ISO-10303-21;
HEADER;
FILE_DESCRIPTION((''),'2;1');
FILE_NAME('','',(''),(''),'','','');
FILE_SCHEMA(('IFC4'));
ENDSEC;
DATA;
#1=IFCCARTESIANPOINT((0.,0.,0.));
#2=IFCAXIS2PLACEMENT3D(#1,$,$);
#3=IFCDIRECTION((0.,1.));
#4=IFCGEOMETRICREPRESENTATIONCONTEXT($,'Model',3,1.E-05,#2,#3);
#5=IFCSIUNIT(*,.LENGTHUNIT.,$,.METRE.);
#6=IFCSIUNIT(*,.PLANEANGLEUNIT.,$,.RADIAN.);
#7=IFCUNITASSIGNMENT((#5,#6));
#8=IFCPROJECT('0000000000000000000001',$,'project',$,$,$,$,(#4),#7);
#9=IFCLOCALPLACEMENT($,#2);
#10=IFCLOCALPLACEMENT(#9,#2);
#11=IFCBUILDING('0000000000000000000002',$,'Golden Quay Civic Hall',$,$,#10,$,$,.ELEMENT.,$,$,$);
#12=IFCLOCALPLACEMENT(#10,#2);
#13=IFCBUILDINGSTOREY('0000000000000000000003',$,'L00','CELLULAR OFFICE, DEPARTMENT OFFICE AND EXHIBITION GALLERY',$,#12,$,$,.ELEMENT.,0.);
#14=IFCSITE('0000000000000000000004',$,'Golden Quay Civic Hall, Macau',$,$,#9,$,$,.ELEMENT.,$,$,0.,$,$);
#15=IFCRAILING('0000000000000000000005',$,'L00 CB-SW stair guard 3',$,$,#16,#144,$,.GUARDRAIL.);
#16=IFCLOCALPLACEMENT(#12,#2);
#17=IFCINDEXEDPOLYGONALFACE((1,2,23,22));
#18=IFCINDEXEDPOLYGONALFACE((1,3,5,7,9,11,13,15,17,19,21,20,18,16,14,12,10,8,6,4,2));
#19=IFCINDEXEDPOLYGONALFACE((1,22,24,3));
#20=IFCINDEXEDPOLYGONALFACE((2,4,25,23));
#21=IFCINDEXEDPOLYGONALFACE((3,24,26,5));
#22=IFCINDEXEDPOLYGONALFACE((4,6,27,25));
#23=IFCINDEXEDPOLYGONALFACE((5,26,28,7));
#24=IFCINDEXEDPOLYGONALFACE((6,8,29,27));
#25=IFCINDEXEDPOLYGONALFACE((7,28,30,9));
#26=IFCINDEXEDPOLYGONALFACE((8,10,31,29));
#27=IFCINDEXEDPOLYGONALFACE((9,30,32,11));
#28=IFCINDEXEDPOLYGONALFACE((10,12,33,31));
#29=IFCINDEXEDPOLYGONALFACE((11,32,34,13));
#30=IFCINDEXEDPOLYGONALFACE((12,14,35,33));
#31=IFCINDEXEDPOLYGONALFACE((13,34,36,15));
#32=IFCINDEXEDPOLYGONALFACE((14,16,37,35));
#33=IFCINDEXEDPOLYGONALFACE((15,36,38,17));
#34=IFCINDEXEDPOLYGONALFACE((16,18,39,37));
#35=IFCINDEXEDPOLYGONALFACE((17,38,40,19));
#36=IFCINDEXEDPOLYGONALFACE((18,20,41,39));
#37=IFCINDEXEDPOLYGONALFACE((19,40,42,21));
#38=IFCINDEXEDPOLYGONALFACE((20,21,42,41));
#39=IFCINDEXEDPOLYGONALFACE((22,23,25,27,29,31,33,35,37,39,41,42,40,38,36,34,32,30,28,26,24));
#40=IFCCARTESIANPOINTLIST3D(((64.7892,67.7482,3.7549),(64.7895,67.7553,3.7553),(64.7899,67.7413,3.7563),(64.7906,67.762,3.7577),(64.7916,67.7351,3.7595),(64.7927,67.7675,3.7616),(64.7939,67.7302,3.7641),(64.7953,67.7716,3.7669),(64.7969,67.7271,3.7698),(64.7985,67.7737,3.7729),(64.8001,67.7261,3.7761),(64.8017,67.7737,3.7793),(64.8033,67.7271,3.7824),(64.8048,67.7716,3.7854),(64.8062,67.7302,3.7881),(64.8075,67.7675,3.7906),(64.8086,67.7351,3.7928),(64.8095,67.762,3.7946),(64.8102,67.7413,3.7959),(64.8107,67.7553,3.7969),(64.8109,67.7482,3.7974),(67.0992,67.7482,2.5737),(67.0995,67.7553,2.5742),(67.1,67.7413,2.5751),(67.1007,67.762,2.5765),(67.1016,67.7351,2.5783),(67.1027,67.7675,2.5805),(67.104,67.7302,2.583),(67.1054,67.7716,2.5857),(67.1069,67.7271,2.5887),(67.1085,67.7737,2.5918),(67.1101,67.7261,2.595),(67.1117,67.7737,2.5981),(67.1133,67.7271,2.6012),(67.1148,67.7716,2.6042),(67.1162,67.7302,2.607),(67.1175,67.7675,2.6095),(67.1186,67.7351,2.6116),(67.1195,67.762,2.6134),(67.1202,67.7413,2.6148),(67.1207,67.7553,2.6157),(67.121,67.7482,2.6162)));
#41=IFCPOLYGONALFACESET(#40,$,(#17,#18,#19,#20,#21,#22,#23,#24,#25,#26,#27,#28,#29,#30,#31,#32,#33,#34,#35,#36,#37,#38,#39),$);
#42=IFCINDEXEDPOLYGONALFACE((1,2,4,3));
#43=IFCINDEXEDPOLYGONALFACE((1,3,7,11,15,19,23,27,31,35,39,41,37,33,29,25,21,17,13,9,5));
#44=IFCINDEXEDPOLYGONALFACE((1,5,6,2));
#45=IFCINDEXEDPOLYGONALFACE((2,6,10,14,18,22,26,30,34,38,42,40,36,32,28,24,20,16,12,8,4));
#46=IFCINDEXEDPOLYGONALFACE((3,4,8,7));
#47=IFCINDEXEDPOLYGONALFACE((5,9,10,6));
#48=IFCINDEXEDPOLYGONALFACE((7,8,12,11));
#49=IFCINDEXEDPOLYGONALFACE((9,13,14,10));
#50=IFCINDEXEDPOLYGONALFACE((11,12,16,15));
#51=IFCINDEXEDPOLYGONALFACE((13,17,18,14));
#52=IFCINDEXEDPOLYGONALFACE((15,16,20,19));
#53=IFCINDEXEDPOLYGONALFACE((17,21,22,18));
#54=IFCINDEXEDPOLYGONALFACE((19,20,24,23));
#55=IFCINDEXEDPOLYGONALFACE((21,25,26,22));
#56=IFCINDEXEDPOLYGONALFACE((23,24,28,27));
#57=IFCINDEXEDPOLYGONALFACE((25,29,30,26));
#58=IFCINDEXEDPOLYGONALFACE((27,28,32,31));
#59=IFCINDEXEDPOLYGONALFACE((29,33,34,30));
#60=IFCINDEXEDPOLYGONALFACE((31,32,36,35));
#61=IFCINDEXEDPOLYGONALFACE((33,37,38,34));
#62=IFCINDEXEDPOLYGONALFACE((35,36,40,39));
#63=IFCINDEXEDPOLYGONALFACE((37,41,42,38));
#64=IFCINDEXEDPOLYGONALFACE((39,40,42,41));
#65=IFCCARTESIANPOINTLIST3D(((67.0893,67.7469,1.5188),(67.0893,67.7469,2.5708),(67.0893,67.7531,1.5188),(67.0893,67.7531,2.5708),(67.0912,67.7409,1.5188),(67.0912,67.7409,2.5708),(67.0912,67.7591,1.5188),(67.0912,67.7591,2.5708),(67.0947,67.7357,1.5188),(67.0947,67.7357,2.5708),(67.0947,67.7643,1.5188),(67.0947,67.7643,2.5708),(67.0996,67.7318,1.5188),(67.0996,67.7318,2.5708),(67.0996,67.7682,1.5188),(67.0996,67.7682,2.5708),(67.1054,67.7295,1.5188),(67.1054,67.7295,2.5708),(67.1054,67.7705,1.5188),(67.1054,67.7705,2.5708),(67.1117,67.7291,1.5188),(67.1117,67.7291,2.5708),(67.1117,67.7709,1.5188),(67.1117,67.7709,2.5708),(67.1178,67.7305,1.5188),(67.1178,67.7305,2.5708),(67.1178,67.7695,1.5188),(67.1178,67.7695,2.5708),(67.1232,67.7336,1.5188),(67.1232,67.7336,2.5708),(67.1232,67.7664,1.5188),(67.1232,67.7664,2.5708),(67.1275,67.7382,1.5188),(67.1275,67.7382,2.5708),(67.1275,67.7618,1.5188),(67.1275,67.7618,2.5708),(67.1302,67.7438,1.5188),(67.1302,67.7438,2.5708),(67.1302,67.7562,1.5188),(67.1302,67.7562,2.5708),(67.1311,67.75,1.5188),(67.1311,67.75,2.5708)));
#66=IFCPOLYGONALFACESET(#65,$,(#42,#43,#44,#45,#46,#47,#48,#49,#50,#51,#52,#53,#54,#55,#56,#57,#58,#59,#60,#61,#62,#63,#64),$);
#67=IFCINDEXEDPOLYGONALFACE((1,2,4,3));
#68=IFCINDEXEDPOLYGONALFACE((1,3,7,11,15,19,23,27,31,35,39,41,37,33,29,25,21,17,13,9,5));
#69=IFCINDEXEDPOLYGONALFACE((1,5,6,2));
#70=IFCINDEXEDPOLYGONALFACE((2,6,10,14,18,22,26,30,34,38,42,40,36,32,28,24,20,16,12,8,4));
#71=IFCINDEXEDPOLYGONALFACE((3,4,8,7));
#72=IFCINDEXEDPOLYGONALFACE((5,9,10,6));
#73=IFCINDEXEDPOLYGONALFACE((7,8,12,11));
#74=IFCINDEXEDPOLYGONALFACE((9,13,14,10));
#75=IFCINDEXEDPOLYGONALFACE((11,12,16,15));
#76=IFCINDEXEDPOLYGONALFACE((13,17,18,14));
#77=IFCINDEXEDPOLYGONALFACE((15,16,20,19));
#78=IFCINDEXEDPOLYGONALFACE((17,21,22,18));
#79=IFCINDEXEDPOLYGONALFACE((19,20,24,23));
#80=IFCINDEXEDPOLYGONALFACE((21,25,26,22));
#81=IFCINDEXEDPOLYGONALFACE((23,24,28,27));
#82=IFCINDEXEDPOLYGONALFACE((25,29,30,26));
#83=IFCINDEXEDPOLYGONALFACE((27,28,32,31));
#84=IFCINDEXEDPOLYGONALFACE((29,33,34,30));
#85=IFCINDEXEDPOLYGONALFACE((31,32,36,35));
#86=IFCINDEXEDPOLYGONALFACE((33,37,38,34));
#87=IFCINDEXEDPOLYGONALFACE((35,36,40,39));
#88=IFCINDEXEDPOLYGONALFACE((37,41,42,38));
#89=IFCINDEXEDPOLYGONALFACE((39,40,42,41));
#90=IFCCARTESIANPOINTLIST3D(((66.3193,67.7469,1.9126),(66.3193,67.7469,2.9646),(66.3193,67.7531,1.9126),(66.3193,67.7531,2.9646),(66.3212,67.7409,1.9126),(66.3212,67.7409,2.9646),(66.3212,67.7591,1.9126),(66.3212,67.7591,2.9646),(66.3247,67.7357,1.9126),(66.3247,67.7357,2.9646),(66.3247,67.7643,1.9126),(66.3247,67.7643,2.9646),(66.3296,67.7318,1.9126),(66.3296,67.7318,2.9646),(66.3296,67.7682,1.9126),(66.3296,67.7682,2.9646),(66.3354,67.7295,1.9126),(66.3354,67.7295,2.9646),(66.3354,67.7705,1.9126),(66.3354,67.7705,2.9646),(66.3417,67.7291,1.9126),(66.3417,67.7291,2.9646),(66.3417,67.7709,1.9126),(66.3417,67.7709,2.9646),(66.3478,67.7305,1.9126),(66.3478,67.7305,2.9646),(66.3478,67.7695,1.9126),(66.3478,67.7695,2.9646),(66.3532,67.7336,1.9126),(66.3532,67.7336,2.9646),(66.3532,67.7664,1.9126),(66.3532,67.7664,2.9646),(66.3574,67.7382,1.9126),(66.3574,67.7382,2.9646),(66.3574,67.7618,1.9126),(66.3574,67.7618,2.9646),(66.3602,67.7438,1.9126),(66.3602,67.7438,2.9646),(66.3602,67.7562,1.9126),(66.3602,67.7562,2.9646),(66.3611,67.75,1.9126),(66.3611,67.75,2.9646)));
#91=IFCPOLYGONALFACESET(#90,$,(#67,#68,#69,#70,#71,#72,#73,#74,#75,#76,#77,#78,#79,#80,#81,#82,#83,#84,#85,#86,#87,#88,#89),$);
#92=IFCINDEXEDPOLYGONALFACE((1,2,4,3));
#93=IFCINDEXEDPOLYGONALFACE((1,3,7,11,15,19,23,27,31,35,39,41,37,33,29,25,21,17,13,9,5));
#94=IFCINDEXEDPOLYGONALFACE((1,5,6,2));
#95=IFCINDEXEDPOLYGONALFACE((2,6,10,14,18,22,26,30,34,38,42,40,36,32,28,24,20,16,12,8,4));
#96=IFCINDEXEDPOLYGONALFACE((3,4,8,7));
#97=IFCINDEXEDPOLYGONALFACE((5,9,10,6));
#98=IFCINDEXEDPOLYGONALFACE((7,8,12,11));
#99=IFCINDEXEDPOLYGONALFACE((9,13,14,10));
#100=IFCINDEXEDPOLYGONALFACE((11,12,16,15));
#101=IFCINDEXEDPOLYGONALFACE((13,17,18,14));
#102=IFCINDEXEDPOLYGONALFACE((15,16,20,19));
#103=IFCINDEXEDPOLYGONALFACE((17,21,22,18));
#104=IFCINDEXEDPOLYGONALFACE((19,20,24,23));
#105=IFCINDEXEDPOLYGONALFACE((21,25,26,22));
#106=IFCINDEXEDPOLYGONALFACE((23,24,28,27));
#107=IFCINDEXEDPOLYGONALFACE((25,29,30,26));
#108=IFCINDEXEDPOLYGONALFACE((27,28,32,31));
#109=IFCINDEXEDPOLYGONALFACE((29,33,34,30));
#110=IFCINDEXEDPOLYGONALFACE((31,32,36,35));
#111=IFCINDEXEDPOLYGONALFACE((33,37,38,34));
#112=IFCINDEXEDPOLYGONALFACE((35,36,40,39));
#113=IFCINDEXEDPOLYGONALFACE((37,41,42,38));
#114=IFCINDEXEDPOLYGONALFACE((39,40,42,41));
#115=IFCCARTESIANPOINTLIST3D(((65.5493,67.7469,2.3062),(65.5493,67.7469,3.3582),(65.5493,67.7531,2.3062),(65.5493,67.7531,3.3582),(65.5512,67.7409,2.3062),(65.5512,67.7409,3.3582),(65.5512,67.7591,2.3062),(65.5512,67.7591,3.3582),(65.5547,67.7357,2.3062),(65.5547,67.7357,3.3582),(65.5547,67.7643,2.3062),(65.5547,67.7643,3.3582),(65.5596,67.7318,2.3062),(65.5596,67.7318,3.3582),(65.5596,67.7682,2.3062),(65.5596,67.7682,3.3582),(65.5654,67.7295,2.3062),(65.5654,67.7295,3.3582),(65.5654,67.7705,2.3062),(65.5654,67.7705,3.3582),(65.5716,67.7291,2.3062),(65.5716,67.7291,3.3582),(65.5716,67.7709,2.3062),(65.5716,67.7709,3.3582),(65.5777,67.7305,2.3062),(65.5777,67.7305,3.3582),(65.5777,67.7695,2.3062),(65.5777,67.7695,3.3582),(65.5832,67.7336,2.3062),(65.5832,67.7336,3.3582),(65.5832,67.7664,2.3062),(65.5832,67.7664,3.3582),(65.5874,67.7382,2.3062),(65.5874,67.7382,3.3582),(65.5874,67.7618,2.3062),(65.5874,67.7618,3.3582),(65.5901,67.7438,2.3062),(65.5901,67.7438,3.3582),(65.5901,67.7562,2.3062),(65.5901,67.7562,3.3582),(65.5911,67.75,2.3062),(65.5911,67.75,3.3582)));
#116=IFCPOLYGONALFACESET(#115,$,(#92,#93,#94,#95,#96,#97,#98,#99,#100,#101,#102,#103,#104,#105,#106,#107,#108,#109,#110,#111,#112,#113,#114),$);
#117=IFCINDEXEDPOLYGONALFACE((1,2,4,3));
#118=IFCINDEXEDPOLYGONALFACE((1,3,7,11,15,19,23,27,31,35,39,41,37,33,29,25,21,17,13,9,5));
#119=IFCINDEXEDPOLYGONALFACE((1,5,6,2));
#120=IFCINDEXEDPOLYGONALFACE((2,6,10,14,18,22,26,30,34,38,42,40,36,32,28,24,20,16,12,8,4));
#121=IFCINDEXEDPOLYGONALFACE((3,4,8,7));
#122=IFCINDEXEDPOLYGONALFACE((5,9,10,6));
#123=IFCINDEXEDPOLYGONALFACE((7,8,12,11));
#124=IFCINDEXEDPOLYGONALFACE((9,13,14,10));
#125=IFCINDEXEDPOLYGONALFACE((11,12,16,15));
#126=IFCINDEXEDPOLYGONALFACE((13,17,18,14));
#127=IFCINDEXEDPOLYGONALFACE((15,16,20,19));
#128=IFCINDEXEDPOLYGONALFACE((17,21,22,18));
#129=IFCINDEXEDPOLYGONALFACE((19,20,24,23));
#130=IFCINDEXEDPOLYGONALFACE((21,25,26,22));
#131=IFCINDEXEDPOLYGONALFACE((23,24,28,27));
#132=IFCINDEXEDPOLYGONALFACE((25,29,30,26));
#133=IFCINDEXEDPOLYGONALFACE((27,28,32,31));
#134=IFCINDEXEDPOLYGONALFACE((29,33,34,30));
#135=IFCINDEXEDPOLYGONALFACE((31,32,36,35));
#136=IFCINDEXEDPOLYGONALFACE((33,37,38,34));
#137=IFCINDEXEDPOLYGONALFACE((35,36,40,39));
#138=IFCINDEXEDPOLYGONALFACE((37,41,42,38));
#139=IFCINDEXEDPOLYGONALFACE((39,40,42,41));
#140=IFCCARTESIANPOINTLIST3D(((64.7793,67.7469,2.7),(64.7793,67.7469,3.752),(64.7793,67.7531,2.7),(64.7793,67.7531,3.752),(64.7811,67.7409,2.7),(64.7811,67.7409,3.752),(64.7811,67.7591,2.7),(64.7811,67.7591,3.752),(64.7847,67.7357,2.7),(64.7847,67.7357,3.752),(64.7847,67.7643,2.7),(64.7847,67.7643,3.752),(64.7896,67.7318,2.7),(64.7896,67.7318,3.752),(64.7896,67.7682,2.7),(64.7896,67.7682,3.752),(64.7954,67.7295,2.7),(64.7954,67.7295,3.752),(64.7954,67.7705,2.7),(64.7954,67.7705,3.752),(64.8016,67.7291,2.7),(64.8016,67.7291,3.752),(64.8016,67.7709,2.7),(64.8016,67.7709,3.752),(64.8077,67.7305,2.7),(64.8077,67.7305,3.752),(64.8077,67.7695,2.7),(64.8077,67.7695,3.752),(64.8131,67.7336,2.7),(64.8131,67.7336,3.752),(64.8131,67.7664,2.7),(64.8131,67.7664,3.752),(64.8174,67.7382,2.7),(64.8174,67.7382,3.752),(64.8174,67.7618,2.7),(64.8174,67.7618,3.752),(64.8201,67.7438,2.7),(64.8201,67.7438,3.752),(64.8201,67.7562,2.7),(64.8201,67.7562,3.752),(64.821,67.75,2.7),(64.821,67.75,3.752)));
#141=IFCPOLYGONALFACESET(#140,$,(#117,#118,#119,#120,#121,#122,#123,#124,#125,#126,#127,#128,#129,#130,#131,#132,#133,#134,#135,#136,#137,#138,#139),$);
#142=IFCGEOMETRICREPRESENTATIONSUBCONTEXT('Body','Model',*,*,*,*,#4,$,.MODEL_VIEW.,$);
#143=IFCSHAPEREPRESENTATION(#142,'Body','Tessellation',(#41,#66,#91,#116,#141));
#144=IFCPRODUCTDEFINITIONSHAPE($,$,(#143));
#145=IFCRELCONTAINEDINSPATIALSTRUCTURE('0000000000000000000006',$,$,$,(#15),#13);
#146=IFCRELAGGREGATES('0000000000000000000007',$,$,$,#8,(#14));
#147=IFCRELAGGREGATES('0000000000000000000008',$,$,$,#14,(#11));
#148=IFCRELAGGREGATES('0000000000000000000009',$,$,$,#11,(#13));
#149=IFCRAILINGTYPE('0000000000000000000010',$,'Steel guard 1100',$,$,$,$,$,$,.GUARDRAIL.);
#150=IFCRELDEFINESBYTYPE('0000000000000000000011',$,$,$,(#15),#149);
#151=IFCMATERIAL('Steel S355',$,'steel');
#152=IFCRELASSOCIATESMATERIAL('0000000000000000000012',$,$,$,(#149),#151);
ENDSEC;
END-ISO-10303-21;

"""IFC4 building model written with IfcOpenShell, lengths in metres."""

from ifc_helpers import new_model, si_unit, direction, frame, origin, origin_2d, place, context, subcontext, project, spatial, circle, extrude, material, type_object, element, save


model = new_model("IFC4")

# Units and contexts
model_context = context("Model", 3, precision=1e-05, world=origin(), true_north=direction((0.0, 1.0)))
body_context = subcontext(model_context, "Body", "Model", "MODEL_VIEW")
ifc_project = project(units=[si_unit("LENGTHUNIT", "METRE"), si_unit("PLANEANGLEUNIT", "RADIAN")], contexts=[model_context])

# Site, building, storey
site_placement = place(None, origin())
site = spatial("IfcSite", under=ifc_project, at=site_placement, Name="Golden Quay Civic Hall, Macau", CompositionType="ELEMENT", RefElevation=0.0)
building_placement = place(site_placement, origin())
building = spatial("IfcBuilding", under=site, at=building_placement, Name="Golden Quay Civic Hall", CompositionType="ELEMENT")
storey_placement = place(building_placement, origin())
storey = spatial("IfcBuildingStorey", under=building, at=storey_placement, Name="L00", Description="CELLULAR OFFICE, DEPARTMENT OFFICE AND EXHIBITION GALLERY", CompositionType="ELEMENT", Elevation=0.0)

# Railing
ifc_material_1 = material(Name="Steel S355", Category="steel")
railing_type_1 = type_object("IfcRailingType", Name="Steel guard 1100", PredefinedType="GUARDRAIL", material=ifc_material_1)
railing_1_placement = place(storey_placement, frame((67.1101, 67.75, 1.5188)))
element("IfcRailing", 1, at=railing_1_placement, inside=storey, type_object=railing_type_1, Name="L00 CB-SW stair guard 3", PredefinedType="GUARDRAIL", context=body_context, shape_type="SweptSolid", body=[
    extrude(circle(Radius=0.0239, at=origin_2d()), frame((0.0, 0.0, 1.0762), z_axis=(-0.890363, 0.0, 0.45525), x_axis=(0.0, -1.0, 0.0)), (0.0, 0.0, 1.0), 2.5945),
    extrude(circle(Radius=0.021, at=origin_2d()), origin(), (0.0, 0.0, 1.0), 1.052),
    extrude(circle(Radius=0.021, at=origin_2d()), frame((-0.77, 0.0, 0.3938)), (0.0, 0.0, 1.0), 1.052),
    extrude(circle(Radius=0.021, at=origin_2d()), frame((-1.54, 0.0, 0.7874)), (0.0, 0.0, 1.0), 1.052),
    extrude(circle(Radius=0.021, at=origin_2d()), frame((-2.3101, 0.0, 1.1812)), (0.0, 0.0, 1.0), 1.052),
])

save(model, "model.ifc")
